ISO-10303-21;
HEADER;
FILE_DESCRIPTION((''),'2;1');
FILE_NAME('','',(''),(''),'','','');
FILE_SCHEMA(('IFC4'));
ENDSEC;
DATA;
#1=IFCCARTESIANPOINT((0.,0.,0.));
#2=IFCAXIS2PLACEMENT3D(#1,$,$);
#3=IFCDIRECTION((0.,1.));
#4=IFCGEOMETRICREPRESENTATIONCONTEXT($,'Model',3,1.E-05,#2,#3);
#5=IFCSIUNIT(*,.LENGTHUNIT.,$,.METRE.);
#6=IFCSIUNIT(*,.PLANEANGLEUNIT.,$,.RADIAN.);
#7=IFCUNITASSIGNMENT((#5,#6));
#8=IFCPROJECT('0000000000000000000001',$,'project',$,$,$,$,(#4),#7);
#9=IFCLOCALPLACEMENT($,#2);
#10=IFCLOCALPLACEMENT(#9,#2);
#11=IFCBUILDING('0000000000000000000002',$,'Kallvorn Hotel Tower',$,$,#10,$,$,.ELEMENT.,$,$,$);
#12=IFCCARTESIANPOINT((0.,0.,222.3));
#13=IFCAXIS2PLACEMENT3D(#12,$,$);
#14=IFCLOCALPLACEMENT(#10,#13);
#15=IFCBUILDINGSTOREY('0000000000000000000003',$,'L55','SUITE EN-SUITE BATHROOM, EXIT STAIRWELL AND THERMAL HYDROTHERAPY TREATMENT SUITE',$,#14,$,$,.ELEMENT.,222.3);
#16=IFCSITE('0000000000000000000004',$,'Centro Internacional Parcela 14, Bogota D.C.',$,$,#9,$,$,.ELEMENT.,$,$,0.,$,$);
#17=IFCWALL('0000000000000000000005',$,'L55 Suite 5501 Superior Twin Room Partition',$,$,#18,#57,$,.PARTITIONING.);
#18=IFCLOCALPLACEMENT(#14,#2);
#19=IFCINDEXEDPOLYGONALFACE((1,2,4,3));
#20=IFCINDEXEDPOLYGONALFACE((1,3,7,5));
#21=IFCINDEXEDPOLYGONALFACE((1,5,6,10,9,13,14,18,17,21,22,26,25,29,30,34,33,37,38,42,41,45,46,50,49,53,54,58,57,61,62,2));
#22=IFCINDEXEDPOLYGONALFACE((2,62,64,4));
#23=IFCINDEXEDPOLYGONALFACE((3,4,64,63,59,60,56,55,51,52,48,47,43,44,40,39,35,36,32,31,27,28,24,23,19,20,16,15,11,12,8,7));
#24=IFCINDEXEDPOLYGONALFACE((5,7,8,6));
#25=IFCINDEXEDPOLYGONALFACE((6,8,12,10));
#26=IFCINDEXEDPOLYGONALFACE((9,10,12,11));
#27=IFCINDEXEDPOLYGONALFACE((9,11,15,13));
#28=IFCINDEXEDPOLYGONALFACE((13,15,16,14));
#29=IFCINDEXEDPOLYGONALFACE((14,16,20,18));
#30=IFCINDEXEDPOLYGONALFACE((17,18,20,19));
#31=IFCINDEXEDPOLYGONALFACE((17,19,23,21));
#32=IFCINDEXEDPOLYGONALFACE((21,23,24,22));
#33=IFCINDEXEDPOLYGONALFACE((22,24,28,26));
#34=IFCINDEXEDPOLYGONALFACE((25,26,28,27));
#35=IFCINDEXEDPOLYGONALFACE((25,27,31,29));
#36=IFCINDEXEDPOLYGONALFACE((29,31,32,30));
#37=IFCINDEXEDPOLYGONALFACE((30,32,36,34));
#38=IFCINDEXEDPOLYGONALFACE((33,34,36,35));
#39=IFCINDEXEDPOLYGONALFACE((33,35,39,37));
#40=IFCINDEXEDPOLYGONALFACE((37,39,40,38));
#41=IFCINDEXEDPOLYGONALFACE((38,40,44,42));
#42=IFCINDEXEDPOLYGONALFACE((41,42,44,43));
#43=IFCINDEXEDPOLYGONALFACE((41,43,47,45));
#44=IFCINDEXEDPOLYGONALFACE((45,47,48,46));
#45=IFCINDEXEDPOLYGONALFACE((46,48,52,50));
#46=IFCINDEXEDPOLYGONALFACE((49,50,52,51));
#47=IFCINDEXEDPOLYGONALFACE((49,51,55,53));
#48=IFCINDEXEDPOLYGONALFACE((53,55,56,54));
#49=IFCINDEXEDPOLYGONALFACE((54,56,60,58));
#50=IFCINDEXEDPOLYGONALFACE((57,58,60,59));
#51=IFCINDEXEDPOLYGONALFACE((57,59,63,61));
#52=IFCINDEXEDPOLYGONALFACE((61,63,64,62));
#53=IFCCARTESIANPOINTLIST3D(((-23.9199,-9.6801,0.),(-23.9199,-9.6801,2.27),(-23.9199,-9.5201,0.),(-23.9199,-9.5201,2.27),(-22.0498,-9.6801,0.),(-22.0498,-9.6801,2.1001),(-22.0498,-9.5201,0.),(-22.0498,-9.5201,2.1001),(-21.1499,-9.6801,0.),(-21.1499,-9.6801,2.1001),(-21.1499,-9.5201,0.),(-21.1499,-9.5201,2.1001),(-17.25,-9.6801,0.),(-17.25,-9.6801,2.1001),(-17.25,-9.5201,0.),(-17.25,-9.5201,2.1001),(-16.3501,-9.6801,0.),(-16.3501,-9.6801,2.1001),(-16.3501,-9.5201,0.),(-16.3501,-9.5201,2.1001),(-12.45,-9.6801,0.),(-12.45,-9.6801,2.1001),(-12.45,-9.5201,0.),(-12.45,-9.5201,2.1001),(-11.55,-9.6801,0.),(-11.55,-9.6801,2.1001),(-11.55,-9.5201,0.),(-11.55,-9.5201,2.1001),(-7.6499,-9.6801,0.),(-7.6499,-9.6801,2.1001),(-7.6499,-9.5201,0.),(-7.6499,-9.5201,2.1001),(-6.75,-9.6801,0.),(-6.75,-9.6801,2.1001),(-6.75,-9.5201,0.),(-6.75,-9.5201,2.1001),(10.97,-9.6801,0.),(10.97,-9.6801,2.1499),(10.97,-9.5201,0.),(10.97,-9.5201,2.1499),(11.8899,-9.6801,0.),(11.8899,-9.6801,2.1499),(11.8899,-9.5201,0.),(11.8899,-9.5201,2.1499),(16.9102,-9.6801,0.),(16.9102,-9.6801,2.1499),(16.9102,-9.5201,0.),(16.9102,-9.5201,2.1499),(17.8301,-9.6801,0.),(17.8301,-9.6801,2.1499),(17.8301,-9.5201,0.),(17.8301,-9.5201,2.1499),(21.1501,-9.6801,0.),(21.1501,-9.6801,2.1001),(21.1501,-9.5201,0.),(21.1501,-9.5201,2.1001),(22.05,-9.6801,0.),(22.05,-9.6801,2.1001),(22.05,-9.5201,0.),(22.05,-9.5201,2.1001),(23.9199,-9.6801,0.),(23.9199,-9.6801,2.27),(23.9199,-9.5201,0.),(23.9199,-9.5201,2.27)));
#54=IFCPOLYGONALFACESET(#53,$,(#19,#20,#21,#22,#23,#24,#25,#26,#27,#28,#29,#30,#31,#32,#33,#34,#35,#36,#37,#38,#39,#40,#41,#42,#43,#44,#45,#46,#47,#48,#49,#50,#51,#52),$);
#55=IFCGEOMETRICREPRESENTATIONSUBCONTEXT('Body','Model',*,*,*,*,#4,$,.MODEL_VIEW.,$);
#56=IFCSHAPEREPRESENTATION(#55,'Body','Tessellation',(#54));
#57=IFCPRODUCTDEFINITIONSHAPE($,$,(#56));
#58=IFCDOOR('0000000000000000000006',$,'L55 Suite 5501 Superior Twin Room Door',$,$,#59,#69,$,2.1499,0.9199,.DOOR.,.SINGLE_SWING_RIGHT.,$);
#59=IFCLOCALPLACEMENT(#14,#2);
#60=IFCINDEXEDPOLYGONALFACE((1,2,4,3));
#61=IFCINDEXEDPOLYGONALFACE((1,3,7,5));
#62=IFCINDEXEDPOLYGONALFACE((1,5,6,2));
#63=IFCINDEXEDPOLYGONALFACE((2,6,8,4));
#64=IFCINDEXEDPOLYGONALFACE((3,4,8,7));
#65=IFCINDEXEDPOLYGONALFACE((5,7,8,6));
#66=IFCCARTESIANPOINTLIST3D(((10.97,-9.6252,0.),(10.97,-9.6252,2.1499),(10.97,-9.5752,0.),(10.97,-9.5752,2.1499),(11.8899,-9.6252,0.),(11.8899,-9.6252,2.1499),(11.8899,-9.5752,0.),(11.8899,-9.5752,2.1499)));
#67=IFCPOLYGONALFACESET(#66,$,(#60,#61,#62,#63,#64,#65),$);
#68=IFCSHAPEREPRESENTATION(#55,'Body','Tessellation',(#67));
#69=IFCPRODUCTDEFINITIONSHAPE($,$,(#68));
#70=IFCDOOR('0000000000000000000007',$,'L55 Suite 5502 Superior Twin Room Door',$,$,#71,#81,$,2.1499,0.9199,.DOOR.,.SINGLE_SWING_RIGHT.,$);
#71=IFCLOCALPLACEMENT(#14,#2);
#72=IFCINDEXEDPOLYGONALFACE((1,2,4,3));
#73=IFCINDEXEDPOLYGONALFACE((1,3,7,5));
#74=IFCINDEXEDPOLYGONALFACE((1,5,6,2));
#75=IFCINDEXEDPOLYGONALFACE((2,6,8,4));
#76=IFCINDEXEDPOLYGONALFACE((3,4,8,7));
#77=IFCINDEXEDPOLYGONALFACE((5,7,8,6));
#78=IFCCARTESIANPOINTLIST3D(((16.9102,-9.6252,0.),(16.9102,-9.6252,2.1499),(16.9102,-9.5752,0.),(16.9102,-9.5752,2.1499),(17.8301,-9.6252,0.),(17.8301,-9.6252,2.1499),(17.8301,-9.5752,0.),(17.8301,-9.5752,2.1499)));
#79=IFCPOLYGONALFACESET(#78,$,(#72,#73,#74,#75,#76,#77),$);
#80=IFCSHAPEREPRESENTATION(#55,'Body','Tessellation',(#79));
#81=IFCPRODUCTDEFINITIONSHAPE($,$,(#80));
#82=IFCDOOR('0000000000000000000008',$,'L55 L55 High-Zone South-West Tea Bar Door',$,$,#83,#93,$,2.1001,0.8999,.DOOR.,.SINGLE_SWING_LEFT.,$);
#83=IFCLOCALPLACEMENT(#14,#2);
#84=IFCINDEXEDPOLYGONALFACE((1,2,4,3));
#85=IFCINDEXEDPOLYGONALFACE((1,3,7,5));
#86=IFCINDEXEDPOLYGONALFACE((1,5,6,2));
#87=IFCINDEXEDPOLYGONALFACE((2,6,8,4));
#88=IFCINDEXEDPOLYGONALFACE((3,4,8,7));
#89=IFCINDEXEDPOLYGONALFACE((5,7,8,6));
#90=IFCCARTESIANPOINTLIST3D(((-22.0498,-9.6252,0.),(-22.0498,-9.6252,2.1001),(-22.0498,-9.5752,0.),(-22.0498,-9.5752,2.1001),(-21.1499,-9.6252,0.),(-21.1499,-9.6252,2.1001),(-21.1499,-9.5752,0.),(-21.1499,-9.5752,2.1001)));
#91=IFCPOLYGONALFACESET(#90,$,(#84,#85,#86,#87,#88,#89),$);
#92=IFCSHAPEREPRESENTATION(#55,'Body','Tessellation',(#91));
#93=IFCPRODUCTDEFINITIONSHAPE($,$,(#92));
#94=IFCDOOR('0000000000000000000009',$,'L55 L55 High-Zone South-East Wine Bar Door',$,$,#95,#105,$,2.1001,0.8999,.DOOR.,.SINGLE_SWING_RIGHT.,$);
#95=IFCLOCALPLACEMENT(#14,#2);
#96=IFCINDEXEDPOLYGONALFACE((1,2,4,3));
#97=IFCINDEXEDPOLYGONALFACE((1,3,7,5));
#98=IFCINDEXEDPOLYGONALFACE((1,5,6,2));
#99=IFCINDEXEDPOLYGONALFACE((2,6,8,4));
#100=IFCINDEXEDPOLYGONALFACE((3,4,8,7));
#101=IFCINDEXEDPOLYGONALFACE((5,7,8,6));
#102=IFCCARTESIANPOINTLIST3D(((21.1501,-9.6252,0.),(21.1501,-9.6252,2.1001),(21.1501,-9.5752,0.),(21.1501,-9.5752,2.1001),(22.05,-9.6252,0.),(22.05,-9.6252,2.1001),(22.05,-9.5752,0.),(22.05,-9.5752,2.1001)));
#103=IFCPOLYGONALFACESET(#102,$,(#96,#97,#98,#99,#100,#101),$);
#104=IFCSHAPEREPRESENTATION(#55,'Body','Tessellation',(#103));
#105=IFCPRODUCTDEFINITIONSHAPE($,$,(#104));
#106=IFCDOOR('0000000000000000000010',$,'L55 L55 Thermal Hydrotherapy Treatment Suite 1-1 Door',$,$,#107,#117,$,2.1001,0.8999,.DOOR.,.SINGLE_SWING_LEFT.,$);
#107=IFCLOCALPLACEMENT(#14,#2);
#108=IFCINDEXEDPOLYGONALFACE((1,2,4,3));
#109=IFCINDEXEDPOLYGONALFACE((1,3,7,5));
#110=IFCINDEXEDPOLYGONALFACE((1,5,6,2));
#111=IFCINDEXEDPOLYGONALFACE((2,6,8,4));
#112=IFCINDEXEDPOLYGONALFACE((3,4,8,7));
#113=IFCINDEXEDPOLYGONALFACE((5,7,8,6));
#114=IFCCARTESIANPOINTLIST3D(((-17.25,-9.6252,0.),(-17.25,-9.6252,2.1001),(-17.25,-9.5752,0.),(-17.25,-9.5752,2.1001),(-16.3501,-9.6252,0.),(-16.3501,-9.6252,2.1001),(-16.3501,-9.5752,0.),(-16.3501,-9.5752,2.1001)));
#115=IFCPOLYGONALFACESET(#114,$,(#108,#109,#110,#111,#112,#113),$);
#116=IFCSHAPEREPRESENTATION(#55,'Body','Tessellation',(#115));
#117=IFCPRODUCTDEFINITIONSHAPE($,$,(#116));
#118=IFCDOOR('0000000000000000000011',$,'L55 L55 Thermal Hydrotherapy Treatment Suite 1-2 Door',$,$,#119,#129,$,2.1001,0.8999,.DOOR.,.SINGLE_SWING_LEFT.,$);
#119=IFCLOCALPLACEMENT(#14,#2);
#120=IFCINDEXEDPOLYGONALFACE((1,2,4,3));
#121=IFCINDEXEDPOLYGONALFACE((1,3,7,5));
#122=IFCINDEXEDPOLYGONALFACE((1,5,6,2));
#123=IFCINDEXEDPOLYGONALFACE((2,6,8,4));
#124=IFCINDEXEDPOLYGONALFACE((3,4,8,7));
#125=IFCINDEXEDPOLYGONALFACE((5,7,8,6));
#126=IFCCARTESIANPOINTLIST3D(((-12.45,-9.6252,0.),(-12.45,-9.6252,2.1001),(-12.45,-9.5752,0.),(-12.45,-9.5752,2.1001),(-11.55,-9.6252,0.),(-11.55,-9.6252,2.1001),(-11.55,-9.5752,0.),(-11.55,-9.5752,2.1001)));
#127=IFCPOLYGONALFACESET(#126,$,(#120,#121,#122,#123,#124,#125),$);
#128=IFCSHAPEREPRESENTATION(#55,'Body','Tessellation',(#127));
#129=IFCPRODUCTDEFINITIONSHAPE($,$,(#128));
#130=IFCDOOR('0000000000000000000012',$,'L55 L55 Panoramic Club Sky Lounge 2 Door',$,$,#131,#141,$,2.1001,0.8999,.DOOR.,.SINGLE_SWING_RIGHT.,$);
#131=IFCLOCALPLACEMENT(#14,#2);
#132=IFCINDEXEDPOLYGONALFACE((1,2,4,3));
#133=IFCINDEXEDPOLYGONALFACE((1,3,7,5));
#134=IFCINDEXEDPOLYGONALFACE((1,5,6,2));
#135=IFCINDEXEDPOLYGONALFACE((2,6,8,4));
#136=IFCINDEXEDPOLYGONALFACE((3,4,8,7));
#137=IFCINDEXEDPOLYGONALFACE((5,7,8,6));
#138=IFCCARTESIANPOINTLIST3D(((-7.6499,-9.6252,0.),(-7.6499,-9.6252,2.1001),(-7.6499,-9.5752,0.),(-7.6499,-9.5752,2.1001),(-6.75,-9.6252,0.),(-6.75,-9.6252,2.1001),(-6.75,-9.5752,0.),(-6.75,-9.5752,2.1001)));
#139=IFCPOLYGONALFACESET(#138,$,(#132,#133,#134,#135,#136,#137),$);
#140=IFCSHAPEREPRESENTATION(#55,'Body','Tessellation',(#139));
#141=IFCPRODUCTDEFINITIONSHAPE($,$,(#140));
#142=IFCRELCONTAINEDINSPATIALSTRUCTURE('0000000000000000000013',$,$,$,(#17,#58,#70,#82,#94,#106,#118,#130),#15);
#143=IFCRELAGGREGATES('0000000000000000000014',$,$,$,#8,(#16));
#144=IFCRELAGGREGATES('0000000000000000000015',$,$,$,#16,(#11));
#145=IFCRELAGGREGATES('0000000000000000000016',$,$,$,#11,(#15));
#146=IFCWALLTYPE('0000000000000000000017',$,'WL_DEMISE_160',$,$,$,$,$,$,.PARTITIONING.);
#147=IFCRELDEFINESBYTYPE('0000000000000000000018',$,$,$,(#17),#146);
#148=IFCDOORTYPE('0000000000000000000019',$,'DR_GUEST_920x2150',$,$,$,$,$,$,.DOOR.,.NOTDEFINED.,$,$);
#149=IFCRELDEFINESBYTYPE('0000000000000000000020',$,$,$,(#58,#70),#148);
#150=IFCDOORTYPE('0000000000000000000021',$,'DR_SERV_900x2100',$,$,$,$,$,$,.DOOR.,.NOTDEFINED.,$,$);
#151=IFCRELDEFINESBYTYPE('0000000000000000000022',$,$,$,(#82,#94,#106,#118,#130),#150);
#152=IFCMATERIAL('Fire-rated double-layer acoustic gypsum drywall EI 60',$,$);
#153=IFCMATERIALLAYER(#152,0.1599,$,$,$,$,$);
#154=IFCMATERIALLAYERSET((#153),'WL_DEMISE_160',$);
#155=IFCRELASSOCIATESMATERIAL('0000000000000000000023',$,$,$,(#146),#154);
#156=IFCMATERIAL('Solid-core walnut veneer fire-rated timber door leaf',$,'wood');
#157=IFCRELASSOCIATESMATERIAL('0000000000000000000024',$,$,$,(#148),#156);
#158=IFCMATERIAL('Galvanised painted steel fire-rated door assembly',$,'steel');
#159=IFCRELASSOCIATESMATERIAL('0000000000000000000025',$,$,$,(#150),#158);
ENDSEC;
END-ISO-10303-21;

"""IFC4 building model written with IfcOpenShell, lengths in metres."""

from ifc_helpers import new_model, si_unit, direction, frame, frame_2d, origin, place, context, subcontext, project, spatial, rectangle, extrude, material, layer, layer_set, type_object, element, fill, save


model = new_model("IFC4")

# Units and contexts
model_context = context("Model", 3, precision=1e-05, world=origin(), true_north=direction((0.0, 1.0)))
body_context = subcontext(model_context, "Body", "Model", "MODEL_VIEW")
ifc_project = project(units=[si_unit("LENGTHUNIT", "METRE"), si_unit("PLANEANGLEUNIT", "RADIAN")], contexts=[model_context])

# Site, building, storey
site_placement = place(None, origin())
site = spatial("IfcSite", under=ifc_project, at=site_placement, Name="Centro Internacional Parcela 14, Bogota D.C.", CompositionType="ELEMENT", RefElevation=0.0)
building_placement = place(site_placement, origin())
building = spatial("IfcBuilding", under=site, at=building_placement, Name="Kallvorn Hotel Tower", CompositionType="ELEMENT")
storey_placement = place(building_placement, frame((0.0, 0.0, 222.3)))
storey = spatial("IfcBuildingStorey", under=building, at=storey_placement, Name="L55", Description="SUITE EN-SUITE BATHROOM, EXIT STAIRWELL AND THERMAL HYDROTHERAPY TREATMENT SUITE", CompositionType="ELEMENT", Elevation=222.3)

# Wall, openings, doors
ifc_material_1 = material(Name="Fire-rated double-layer acoustic gypsum drywall EI 60")
ifc_layer = layer(ifc_material_1, 0.1599)
ifc_layer_set = layer_set([ifc_layer], Name="WL_DEMISE_160")
wall_type = type_object("IfcWallType", Name="WL_DEMISE_160", PredefinedType="PARTITIONING", material=ifc_layer_set)
wall_placement = place(storey_placement, frame((-23.9199, -9.6001, 0.0), z_axis=(0.0, 0.0, 1.0), x_axis=(1.0, 0.0, 0.0)))
wall = element("IfcWall", 1, at=wall_placement, inside=storey, type_object=wall_type, Name="L55 Suite 5501 Superior Twin Room Partition", PredefinedType="PARTITIONING", context=body_context, shape_type="SweptSolid", body=[
    extrude(rectangle(XDim=47.8398, YDim=0.1599, at=frame_2d((23.9199, 0.0))), origin(), (0.0, 0.0, 1.0), 2.27),
])
opening_1_placement = place(wall_placement, frame((1.8701, 0.0, 0.0)))
opening_1 = element("IfcOpeningElement", 2, at=opening_1_placement, cuts=wall, PredefinedType="OPENING", context=body_context, shape_type="SweptSolid", body=[
    extrude(rectangle(XDim=0.8999, YDim=2.1001, at=frame_2d((0.45, 1.05))), frame((0.0, 0.095, 0.0), z_axis=(0.0, -1.0, 0.0), x_axis=(1.0, 0.0, 0.0)), (0.0, 0.0, 1.0), 0.1899),
])
opening_2_placement = place(wall_placement, frame((45.0701, 0.0, 0.0)))
opening_2 = element("IfcOpeningElement", 3, at=opening_2_placement, cuts=wall, PredefinedType="OPENING", context=body_context, shape_type="SweptSolid", body=[
    extrude(rectangle(XDim=0.8999, YDim=2.1001, at=frame_2d((0.45, 1.05))), frame((0.0, 0.095, 0.0), z_axis=(0.0, -1.0, 0.0), x_axis=(1.0, 0.0, 0.0)), (0.0, 0.0, 1.0), 0.1899),
])
opening_3_placement = place(wall_placement, frame((6.6699, 0.0, 0.0)))
opening_3 = element("IfcOpeningElement", 4, at=opening_3_placement, cuts=wall, PredefinedType="OPENING", context=body_context, shape_type="SweptSolid", body=[
    extrude(rectangle(XDim=0.8999, YDim=2.1001, at=frame_2d((0.45, 1.05))), frame((0.0, 0.095, 0.0), z_axis=(0.0, -1.0, 0.0), x_axis=(1.0, 0.0, 0.0)), (0.0, 0.0, 1.0), 0.1899),
])
opening_4_placement = place(wall_placement, frame((11.47, 0.0, 0.0)))
opening_4 = element("IfcOpeningElement", 5, at=opening_4_placement, cuts=wall, PredefinedType="OPENING", context=body_context, shape_type="SweptSolid", body=[
    extrude(rectangle(XDim=0.8999, YDim=2.1001, at=frame_2d((0.45, 1.05))), frame((0.0, 0.095, 0.0), z_axis=(0.0, -1.0, 0.0), x_axis=(1.0, 0.0, 0.0)), (0.0, 0.0, 1.0), 0.1899),
])
opening_5_placement = place(wall_placement, frame((16.27, 0.0, 0.0)))
opening_5 = element("IfcOpeningElement", 6, at=opening_5_placement, cuts=wall, PredefinedType="OPENING", context=body_context, shape_type="SweptSolid", body=[
    extrude(rectangle(XDim=0.8999, YDim=2.1001, at=frame_2d((0.45, 1.05))), frame((0.0, 0.095, 0.0), z_axis=(0.0, -1.0, 0.0), x_axis=(1.0, 0.0, 0.0)), (0.0, 0.0, 1.0), 0.1899),
])
opening_6_placement = place(wall_placement, frame((34.8899, 0.0, 0.0)))
opening_6 = element("IfcOpeningElement", 7, at=opening_6_placement, cuts=wall, PredefinedType="OPENING", context=body_context, shape_type="SweptSolid", body=[
    extrude(rectangle(XDim=0.9199, YDim=2.1499, at=frame_2d((0.46, 1.075))), frame((0.0, 0.095, 0.0), z_axis=(0.0, -1.0, 0.0), x_axis=(1.0, 0.0, 0.0)), (0.0, 0.0, 1.0), 0.1899),
])
opening_7_placement = place(wall_placement, frame((40.8301, 0.0, 0.0)))
opening_7 = element("IfcOpeningElement", 8, at=opening_7_placement, cuts=wall, PredefinedType="OPENING", context=body_context, shape_type="SweptSolid", body=[
    extrude(rectangle(XDim=0.9199, YDim=2.1499, at=frame_2d((0.46, 1.075))), frame((0.0, 0.095, 0.0), z_axis=(0.0, -1.0, 0.0), x_axis=(1.0, 0.0, 0.0)), (0.0, 0.0, 1.0), 0.1899),
])
ifc_material_2 = material(Name="Solid-core walnut veneer fire-rated timber door leaf", Category="wood")
door_type_1 = type_object("IfcDoorType", Name="DR_GUEST_920x2150", OperationType="NOTDEFINED", PredefinedType="DOOR", material=ifc_material_2)
door_1_placement = place(opening_6_placement, origin())
door_1 = element("IfcDoor", 9, at=door_1_placement, inside=storey, type_object=door_type_1, Name="L55 Suite 5501 Superior Twin Room Door", OperationType="SINGLE_SWING_RIGHT", OverallHeight=2.1499, OverallWidth=0.9199, PredefinedType="DOOR", context=body_context, shape_type="SweptSolid", body=[
    extrude(rectangle(XDim=0.9199, YDim=2.1499, at=frame_2d((0.46, 1.075))), frame((0.0, 0.0249, 0.0), z_axis=(0.0, -1.0, 0.0), x_axis=(1.0, 0.0, 0.0)), (0.0, 0.0, 1.0), 0.05),
])
fill(opening_6, door_1)
door_2_placement = place(opening_7_placement, origin())
door_2 = element("IfcDoor", 10, at=door_2_placement, inside=storey, type_object=door_type_1, Name="L55 Suite 5502 Superior Twin Room Door", OperationType="SINGLE_SWING_RIGHT", OverallHeight=2.1499, OverallWidth=0.9199, PredefinedType="DOOR", context=body_context, shape_type="SweptSolid", body=[
    extrude(rectangle(XDim=0.9199, YDim=2.1499, at=frame_2d((0.46, 1.075))), frame((0.0, 0.0249, 0.0), z_axis=(0.0, -1.0, 0.0), x_axis=(1.0, 0.0, 0.0)), (0.0, 0.0, 1.0), 0.05),
])
fill(opening_7, door_2)
ifc_material_3 = material(Name="Galvanised painted steel fire-rated door assembly", Category="steel")
door_type_2 = type_object("IfcDoorType", Name="DR_SERV_900x2100", OperationType="NOTDEFINED", PredefinedType="DOOR", material=ifc_material_3)
door_3_placement = place(opening_1_placement, origin())
door_3 = element("IfcDoor", 11, at=door_3_placement, inside=storey, type_object=door_type_2, Name="L55 L55 High-Zone South-West Tea Bar Door", OperationType="SINGLE_SWING_LEFT", OverallHeight=2.1001, OverallWidth=0.8999, PredefinedType="DOOR", context=body_context, shape_type="SweptSolid", body=[
    extrude(rectangle(XDim=0.8999, YDim=2.1001, at=frame_2d((0.45, 1.05))), frame((0.0, 0.0249, 0.0), z_axis=(0.0, -1.0, 0.0), x_axis=(1.0, 0.0, 0.0)), (0.0, 0.0, 1.0), 0.05),
])
fill(opening_1, door_3)
door_4_placement = place(opening_2_placement, origin())
door_4 = element("IfcDoor", 12, at=door_4_placement, inside=storey, type_object=door_type_2, Name="L55 L55 High-Zone South-East Wine Bar Door", OperationType="SINGLE_SWING_RIGHT", OverallHeight=2.1001, OverallWidth=0.8999, PredefinedType="DOOR", context=body_context, shape_type="SweptSolid", body=[
    extrude(rectangle(XDim=0.8999, YDim=2.1001, at=frame_2d((0.45, 1.05))), frame((0.0, 0.0249, 0.0), z_axis=(0.0, -1.0, 0.0), x_axis=(1.0, 0.0, 0.0)), (0.0, 0.0, 1.0), 0.05),
])
fill(opening_2, door_4)
door_5_placement = place(opening_3_placement, origin())
door_5 = element("IfcDoor", 13, at=door_5_placement, inside=storey, type_object=door_type_2, Name="L55 L55 Thermal Hydrotherapy Treatment Suite 1-1 Door", OperationType="SINGLE_SWING_LEFT", OverallHeight=2.1001, OverallWidth=0.8999, PredefinedType="DOOR", context=body_context, shape_type="SweptSolid", body=[
    extrude(rectangle(XDim=0.8999, YDim=2.1001, at=frame_2d((0.45, 1.05))), frame((0.0, 0.0249, 0.0), z_axis=(0.0, -1.0, 0.0), x_axis=(1.0, 0.0, 0.0)), (0.0, 0.0, 1.0), 0.05),
])
fill(opening_3, door_5)
door_6_placement = place(opening_4_placement, origin())
door_6 = element("IfcDoor", 14, at=door_6_placement, inside=storey, type_object=door_type_2, Name="L55 L55 Thermal Hydrotherapy Treatment Suite 1-2 Door", OperationType="SINGLE_SWING_LEFT", OverallHeight=2.1001, OverallWidth=0.8999, PredefinedType="DOOR", context=body_context, shape_type="SweptSolid", body=[
    extrude(rectangle(XDim=0.8999, YDim=2.1001, at=frame_2d((0.45, 1.05))), frame((0.0, 0.0249, 0.0), z_axis=(0.0, -1.0, 0.0), x_axis=(1.0, 0.0, 0.0)), (0.0, 0.0, 1.0), 0.05),
])
fill(opening_4, door_6)
door_7_placement = place(opening_5_placement, origin())
door_7 = element("IfcDoor", 15, at=door_7_placement, inside=storey, type_object=door_type_2, Name="L55 L55 Panoramic Club Sky Lounge 2 Door", OperationType="SINGLE_SWING_RIGHT", OverallHeight=2.1001, OverallWidth=0.8999, PredefinedType="DOOR", context=body_context, shape_type="SweptSolid", body=[
    extrude(rectangle(XDim=0.8999, YDim=2.1001, at=frame_2d((0.45, 1.05))), frame((0.0, 0.0249, 0.0), z_axis=(0.0, -1.0, 0.0), x_axis=(1.0, 0.0, 0.0)), (0.0, 0.0, 1.0), 0.05),
])
fill(opening_5, door_7)

save(model, "model.ifc")
